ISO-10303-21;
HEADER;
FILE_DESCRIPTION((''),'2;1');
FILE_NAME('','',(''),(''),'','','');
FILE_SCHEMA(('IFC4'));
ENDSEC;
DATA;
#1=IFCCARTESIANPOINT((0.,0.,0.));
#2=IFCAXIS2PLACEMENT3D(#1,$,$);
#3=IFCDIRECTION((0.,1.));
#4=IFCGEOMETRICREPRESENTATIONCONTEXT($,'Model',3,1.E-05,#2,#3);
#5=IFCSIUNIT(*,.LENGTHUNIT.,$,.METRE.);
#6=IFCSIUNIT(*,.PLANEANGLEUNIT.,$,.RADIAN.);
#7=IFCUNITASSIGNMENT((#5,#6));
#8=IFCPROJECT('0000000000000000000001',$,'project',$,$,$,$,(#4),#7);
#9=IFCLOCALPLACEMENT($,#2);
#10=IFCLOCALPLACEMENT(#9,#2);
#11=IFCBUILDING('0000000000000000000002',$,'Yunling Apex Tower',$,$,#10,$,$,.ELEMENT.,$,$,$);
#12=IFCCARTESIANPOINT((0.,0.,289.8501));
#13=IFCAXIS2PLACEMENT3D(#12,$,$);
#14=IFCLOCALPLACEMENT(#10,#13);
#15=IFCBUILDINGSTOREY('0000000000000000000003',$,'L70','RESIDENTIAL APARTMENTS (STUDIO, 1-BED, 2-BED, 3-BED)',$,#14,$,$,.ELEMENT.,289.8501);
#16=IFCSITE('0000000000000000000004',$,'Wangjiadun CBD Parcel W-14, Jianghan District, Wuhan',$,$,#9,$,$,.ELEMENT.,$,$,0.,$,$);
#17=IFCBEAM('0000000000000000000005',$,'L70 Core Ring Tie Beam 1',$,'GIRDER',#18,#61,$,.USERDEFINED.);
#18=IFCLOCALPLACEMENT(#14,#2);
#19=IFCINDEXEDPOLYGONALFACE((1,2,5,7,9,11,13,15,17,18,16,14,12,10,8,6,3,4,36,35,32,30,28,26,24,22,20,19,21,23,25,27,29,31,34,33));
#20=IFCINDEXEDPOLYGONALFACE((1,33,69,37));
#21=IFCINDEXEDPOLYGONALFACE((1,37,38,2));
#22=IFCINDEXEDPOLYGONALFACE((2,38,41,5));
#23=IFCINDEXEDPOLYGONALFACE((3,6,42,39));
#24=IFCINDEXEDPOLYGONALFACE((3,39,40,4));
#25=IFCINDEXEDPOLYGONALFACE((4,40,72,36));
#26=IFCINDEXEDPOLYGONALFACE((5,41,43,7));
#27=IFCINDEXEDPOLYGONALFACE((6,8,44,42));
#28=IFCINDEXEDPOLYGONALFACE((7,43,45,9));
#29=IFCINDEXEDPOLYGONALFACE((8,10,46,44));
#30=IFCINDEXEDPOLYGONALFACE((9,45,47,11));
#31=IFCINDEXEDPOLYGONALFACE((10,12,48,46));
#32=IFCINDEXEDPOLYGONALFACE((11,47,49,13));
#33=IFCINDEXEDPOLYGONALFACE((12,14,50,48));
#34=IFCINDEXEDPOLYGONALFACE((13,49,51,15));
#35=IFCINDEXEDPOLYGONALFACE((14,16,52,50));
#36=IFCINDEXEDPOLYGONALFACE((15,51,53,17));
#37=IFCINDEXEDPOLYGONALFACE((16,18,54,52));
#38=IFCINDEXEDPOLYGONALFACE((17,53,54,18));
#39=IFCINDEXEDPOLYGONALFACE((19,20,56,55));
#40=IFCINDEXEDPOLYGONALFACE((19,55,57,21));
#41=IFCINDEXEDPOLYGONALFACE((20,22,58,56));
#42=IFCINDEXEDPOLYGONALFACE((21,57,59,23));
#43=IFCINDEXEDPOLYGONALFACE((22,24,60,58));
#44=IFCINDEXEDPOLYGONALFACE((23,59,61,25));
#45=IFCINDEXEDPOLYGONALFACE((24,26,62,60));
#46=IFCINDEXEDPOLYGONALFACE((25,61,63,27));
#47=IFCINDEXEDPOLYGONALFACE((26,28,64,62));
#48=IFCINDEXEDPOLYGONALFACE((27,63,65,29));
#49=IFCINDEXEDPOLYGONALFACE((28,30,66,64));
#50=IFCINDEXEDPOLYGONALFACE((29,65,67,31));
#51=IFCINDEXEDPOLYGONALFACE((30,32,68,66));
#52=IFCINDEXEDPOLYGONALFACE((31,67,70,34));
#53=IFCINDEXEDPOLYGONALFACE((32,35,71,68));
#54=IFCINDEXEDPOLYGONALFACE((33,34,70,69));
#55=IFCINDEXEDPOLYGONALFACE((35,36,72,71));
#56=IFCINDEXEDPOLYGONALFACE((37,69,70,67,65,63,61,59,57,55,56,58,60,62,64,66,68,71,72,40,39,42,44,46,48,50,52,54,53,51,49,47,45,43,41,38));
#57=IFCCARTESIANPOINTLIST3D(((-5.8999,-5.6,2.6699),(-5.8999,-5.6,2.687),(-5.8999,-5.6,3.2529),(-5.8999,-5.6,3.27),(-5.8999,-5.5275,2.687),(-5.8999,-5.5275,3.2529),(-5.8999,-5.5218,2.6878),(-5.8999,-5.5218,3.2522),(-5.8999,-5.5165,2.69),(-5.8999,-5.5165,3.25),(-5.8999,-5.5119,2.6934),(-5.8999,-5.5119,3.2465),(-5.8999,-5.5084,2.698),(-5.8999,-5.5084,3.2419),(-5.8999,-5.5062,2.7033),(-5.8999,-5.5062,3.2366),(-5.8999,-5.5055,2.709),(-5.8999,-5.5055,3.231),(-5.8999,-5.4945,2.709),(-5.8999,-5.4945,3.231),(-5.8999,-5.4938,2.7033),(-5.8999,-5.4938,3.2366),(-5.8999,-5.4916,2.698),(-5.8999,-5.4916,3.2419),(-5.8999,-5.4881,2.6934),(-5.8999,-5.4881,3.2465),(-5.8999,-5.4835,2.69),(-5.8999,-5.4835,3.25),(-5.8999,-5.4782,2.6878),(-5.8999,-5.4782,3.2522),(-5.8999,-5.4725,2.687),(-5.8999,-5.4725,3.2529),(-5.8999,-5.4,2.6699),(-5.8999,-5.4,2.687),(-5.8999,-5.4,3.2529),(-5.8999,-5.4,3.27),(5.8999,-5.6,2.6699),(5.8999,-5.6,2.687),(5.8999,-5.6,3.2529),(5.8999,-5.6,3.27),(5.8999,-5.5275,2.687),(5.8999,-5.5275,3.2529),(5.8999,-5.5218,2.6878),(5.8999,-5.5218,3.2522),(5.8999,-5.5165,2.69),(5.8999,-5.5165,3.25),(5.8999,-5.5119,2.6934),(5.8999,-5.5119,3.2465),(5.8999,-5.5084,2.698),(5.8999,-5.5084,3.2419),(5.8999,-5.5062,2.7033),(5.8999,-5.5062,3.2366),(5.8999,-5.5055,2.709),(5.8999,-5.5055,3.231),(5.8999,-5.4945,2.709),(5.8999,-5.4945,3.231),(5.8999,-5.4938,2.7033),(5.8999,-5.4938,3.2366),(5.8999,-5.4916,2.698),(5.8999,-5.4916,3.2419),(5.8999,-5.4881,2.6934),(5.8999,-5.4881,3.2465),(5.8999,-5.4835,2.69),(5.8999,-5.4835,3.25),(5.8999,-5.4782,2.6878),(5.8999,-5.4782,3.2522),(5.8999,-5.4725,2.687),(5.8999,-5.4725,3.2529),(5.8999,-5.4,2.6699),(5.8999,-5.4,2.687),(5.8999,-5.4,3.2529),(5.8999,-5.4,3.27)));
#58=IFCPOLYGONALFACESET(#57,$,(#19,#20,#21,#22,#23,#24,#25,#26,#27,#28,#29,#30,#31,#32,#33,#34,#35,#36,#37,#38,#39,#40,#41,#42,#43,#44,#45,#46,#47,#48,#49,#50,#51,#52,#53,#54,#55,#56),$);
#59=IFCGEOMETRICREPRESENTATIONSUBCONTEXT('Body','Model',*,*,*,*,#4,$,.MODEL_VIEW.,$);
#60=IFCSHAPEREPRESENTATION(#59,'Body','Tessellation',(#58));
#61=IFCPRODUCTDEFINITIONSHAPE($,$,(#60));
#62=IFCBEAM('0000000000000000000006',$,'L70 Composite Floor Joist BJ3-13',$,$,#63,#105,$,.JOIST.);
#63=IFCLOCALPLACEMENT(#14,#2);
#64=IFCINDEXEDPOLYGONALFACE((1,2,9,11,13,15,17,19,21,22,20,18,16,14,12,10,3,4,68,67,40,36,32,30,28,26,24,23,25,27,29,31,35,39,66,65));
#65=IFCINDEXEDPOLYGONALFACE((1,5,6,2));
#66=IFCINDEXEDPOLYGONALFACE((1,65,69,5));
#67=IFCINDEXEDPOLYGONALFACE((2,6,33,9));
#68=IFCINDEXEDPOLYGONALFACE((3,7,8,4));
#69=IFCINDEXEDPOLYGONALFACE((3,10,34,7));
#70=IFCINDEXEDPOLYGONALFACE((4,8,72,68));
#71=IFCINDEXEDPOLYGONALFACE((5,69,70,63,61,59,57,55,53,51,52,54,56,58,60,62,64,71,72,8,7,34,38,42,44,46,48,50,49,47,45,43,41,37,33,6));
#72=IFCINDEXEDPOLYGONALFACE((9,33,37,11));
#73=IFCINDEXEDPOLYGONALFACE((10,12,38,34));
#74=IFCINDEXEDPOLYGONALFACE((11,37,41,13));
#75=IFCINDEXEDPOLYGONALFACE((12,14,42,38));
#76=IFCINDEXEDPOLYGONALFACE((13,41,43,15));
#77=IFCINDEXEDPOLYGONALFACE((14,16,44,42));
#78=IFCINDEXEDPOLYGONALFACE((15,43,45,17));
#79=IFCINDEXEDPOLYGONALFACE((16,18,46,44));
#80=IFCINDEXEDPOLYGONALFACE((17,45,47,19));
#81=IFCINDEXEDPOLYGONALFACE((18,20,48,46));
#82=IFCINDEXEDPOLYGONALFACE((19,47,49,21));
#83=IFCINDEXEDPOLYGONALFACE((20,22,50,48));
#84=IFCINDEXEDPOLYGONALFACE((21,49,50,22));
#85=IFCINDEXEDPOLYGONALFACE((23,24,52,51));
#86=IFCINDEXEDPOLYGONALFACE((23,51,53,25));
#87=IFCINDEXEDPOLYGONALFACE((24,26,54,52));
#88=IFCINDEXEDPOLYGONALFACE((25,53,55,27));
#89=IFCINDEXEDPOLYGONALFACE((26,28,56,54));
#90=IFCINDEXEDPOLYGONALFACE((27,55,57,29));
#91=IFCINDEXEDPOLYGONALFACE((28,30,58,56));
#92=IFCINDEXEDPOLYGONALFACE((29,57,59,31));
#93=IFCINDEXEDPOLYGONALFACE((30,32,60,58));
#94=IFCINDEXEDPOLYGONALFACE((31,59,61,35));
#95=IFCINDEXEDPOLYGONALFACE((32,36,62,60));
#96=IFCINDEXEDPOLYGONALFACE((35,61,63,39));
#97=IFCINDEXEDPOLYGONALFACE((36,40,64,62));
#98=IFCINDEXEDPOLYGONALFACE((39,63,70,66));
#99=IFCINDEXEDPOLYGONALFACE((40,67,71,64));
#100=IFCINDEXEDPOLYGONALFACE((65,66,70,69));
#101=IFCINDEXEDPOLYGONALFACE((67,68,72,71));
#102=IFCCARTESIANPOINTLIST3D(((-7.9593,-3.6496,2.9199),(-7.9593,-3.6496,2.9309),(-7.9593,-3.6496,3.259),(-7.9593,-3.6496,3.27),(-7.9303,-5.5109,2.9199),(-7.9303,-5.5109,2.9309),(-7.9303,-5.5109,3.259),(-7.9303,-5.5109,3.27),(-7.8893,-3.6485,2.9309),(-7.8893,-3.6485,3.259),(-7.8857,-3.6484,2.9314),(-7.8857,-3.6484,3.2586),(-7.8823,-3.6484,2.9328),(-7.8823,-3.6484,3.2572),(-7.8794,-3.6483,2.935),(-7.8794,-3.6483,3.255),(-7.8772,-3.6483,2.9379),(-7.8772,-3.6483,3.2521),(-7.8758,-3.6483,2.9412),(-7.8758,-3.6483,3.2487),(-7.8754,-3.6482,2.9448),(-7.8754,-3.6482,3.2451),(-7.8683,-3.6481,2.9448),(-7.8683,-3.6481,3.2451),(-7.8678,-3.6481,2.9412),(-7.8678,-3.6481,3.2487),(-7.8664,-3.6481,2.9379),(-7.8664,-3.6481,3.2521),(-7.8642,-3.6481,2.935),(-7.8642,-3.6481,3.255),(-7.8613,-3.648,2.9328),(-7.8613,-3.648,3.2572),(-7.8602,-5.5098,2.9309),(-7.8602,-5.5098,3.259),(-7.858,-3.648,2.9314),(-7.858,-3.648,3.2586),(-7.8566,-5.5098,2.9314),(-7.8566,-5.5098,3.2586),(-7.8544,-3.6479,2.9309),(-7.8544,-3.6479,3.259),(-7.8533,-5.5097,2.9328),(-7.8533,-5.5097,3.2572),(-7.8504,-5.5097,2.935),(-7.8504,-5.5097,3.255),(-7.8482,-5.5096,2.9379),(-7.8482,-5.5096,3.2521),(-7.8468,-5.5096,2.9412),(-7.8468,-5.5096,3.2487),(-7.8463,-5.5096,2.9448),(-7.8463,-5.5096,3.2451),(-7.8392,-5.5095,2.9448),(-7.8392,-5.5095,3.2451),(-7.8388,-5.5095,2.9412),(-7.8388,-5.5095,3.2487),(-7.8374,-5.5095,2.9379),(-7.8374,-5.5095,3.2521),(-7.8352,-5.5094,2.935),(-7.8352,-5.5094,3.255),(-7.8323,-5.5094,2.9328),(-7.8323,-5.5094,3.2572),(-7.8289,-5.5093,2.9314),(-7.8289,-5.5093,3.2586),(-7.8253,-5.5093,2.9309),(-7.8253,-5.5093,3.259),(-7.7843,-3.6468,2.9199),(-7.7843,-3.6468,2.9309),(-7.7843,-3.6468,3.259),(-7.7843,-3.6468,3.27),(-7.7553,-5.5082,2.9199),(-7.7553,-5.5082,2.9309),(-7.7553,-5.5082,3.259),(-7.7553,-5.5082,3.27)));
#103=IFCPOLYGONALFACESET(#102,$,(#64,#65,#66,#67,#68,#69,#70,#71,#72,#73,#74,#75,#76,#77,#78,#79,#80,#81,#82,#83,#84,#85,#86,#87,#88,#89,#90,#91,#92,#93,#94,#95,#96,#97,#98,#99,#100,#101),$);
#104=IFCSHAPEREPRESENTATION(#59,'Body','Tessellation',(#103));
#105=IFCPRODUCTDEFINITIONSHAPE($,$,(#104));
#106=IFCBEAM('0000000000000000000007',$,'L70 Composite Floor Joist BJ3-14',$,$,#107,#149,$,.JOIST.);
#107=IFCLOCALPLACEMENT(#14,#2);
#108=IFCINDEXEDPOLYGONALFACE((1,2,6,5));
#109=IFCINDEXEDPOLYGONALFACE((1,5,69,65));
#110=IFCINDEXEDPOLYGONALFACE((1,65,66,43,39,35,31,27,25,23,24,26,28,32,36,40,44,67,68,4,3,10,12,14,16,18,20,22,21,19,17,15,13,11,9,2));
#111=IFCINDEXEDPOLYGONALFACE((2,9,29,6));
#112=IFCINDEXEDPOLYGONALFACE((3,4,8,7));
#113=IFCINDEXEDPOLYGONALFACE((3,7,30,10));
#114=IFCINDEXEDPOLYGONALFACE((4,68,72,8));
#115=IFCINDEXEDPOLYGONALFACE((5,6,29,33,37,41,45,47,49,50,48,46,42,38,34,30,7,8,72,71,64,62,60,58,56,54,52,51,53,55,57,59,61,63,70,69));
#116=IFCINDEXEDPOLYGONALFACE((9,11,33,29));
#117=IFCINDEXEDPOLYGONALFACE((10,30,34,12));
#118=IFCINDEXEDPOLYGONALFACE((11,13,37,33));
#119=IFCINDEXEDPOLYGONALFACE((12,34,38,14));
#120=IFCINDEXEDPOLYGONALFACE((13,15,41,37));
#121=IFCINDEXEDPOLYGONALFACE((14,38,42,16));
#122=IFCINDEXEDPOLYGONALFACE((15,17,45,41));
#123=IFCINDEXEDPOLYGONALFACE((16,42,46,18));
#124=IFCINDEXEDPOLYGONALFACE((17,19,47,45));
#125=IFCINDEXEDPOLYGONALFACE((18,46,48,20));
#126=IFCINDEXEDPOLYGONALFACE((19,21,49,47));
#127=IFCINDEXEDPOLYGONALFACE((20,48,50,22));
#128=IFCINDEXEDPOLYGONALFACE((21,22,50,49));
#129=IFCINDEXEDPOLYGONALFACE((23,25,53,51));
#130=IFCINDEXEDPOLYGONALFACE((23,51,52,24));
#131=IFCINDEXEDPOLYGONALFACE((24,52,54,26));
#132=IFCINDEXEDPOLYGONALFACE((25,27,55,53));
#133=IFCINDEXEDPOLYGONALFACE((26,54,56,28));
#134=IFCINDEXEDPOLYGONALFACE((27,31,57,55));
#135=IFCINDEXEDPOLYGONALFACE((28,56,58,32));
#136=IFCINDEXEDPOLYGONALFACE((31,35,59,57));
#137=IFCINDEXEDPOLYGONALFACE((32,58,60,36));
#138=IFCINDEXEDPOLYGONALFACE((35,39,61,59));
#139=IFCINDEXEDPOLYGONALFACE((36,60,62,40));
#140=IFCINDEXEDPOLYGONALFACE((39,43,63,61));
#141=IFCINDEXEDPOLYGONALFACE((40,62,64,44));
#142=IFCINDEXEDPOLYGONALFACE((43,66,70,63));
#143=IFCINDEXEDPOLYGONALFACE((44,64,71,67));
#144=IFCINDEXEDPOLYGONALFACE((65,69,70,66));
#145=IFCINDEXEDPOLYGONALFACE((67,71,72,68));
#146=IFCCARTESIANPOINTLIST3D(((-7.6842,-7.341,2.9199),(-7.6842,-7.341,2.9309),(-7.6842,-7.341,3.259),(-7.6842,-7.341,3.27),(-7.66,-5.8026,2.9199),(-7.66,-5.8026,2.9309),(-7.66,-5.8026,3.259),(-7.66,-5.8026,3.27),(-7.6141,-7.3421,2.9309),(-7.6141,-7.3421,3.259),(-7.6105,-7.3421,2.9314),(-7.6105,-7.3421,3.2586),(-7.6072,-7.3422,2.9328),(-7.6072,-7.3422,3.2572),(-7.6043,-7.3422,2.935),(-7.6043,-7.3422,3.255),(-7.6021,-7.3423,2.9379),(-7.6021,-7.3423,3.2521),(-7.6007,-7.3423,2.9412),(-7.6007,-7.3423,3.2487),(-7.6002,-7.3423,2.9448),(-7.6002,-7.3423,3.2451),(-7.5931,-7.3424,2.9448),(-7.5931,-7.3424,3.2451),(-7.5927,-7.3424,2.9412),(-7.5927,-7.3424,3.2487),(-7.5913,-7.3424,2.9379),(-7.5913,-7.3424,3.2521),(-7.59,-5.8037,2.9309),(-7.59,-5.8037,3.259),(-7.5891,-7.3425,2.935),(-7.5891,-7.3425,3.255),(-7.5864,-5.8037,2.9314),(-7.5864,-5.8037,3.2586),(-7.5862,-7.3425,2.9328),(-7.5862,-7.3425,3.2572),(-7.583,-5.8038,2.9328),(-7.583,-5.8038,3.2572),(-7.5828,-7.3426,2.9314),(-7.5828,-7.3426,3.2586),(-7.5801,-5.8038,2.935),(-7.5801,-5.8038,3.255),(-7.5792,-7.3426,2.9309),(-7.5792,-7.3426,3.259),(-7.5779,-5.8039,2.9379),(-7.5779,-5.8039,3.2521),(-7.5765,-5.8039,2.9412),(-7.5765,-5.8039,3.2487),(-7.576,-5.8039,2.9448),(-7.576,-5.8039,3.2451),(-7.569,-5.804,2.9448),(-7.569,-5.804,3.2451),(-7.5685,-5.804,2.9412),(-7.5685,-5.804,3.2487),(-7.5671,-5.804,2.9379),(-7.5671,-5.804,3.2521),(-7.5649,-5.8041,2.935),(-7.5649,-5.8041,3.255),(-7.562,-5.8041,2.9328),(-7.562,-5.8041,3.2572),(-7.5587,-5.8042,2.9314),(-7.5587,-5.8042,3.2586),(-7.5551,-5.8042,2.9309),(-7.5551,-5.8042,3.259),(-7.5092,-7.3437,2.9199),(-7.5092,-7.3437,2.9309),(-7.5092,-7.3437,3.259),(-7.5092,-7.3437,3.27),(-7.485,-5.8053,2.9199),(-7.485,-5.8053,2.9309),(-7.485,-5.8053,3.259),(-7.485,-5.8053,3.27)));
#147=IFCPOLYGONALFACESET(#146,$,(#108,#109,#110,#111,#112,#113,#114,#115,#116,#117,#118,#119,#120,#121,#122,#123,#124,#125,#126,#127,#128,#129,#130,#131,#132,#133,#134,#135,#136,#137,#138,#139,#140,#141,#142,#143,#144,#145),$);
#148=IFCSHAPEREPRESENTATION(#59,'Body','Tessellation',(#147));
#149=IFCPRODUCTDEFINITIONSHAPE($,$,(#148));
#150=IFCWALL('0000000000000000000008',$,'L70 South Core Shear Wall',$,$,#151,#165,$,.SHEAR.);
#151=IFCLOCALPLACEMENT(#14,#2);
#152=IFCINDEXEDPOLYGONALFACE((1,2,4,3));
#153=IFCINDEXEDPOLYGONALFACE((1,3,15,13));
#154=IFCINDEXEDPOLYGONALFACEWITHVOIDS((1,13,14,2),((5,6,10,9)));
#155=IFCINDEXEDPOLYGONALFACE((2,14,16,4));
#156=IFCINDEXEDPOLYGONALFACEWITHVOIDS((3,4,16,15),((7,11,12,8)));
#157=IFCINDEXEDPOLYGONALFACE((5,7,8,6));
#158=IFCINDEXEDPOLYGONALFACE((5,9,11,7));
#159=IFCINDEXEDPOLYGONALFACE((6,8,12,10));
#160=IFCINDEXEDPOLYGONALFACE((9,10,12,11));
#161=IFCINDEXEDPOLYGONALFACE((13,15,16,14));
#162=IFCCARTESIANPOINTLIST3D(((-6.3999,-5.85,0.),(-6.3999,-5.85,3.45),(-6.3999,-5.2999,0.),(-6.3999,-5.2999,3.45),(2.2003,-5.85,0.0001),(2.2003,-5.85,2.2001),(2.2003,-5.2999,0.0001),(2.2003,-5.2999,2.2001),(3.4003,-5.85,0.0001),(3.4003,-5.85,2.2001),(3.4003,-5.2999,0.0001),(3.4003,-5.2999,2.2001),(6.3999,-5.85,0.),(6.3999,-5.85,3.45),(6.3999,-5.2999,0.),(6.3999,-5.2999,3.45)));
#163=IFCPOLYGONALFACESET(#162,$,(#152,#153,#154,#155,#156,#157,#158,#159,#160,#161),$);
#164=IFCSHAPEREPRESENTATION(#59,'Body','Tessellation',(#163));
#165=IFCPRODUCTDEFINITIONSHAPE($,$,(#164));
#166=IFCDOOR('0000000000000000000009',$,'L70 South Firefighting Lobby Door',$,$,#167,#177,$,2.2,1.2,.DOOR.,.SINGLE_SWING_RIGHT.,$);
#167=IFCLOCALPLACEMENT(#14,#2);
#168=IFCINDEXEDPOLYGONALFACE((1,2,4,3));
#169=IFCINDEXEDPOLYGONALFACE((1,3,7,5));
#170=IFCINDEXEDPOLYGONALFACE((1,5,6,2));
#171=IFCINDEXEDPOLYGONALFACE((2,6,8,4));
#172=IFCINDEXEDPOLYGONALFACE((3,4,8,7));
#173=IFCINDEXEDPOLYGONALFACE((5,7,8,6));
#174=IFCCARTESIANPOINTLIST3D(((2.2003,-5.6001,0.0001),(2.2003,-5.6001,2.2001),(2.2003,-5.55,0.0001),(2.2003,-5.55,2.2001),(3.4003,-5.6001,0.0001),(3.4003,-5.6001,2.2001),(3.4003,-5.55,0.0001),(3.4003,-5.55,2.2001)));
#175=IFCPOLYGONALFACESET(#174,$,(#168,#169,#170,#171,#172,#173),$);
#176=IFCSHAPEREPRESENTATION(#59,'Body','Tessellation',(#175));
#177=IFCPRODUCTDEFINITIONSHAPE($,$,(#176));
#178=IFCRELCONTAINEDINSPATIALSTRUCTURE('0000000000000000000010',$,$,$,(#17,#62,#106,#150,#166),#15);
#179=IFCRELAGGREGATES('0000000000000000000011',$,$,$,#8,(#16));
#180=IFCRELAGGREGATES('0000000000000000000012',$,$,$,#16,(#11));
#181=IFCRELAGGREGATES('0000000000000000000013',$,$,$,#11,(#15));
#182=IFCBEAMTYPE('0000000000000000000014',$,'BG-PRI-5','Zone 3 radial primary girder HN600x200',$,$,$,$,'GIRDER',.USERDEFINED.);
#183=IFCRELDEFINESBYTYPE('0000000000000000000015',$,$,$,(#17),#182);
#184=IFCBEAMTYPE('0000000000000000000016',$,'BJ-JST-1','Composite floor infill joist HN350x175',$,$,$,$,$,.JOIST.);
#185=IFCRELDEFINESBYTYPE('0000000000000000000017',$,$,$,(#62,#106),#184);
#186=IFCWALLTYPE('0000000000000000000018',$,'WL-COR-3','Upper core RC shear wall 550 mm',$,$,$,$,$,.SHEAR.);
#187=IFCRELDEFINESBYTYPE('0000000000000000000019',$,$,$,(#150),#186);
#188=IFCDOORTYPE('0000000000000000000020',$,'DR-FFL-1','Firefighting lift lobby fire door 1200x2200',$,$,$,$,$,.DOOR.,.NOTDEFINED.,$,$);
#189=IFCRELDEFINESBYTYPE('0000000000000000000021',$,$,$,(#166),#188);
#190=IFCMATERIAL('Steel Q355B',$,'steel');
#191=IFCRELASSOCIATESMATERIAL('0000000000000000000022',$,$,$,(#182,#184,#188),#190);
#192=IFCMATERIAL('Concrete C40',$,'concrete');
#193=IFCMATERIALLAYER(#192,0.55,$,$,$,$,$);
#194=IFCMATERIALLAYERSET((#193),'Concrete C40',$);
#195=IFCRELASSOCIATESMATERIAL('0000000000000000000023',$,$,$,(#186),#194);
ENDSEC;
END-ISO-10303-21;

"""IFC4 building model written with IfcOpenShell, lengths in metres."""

from ifc_helpers import new_model, si_unit, direction, frame, frame_2d, origin, origin_2d, place, context, subcontext, project, spatial, rectangle, i_section, extrude, source, transform, mapped, material, layer, layer_set, material_profile, profile_set, type_object, element, fill, save


model = new_model("IFC4")

# Units and contexts
model_context = context("Model", 3, precision=1e-05, world=origin(), true_north=direction((0.0, 1.0)))
body_context = subcontext(model_context, "Body", "Model", "MODEL_VIEW")
ifc_project = project(units=[si_unit("LENGTHUNIT", "METRE"), si_unit("PLANEANGLEUNIT", "RADIAN")], contexts=[model_context])

# Site, building, storey
site_placement = place(None, origin())
site = spatial("IfcSite", under=ifc_project, at=site_placement, Name="Wangjiadun CBD Parcel W-14, Jianghan District, Wuhan", CompositionType="ELEMENT", RefElevation=0.0)
building_placement = place(site_placement, origin())
building = spatial("IfcBuilding", under=site, at=building_placement, Name="Yunling Apex Tower", CompositionType="ELEMENT")
storey_placement = place(building_placement, frame((0.0, 0.0, 289.8501)))
storey = spatial("IfcBuildingStorey", under=building, at=storey_placement, Name="L70", Description="RESIDENTIAL APARTMENTS (STUDIO, 1-BED, 2-BED, 3-BED)", CompositionType="ELEMENT", Elevation=289.8501)

# Beams
ifc_material_1 = material(Name="Steel Q355B", Category="steel")
ifc_material_2 = material(Name="Concrete C40", Category="concrete")
ifc_material_profile_1 = material_profile(ifc_material_1, i_section(OverallWidth=0.2, OverallDepth=0.6001, WebThickness=0.011, FlangeThickness=0.0171, FilletRadius=0.022, at=origin_2d()))
ifc_profile_set_1 = profile_set([ifc_material_profile_1], Name="Steel Q355B")
beam_type_1 = type_object("IfcBeamType", Name="BG-PRI-5", Description="Zone 3 radial primary girder HN600x200", ElementType="GIRDER", PredefinedType="USERDEFINED", material=ifc_profile_set_1)
shared_shape_1 = source(origin(), body_context, "Body", "SweptSolid", [
    extrude(i_section(OverallWidth=0.2, OverallDepth=0.6001, WebThickness=0.011, FlangeThickness=0.0171, FilletRadius=0.022, at=origin_2d()), origin(), (0.0, 0.0, 1.0), 11.7998),
])
beam_1_placement = place(storey_placement, frame((-5.8999, -5.5, 2.97), z_axis=(1.0, 0.0, 0.0), x_axis=(0.0, 1.0, 0.0)))
element("IfcBeam", 1, at=beam_1_placement, inside=storey, type_object=beam_type_1, Name="L70 Core Ring Tie Beam 1", ObjectType="GIRDER", PredefinedType="USERDEFINED", context=body_context, shape_type="MappedRepresentation", body=[
    mapped(shared_shape_1, transform((0.0, 0.0, 0.0), scale=1.0)),
])
ifc_material_profile_2 = material_profile(ifc_material_1, i_section(OverallWidth=0.175, OverallDepth=0.3501, WebThickness=0.0071, FlangeThickness=0.011, FilletRadius=0.0139, at=origin_2d()))
ifc_profile_set_2 = profile_set([ifc_material_profile_2], Name="Steel Q355B")
beam_type_2 = type_object("IfcBeamType", Name="BJ-JST-1", Description="Composite floor infill joist HN350x175", PredefinedType="JOIST", material=ifc_profile_set_2)
shared_shape_2 = source(origin(), body_context, "Body", "SweptSolid", [
    extrude(i_section(OverallWidth=0.175, OverallDepth=0.3501, WebThickness=0.0071, FlangeThickness=0.011, FilletRadius=0.0139, at=origin_2d()), origin(), (0.0, 0.0, 1.0), 1.8616),
])
beam_2_placement = place(storey_placement, frame((-7.8718, -3.6482, 3.095), z_axis=(0.015607, -0.999878, 0.0), x_axis=(0.999878, 0.015607, 0.0)))
element("IfcBeam", 2, at=beam_2_placement, inside=storey, type_object=beam_type_2, Name="L70 Composite Floor Joist BJ3-13", PredefinedType="JOIST", context=body_context, shape_type="MappedRepresentation", body=[
    mapped(shared_shape_2, transform((0.0, 0.0, 0.0), scale=1.0)),
])
shared_shape_3 = source(origin(), body_context, "Body", "SweptSolid", [
    extrude(i_section(OverallWidth=0.175, OverallDepth=0.3501, WebThickness=0.0071, FlangeThickness=0.011, FilletRadius=0.0139, at=origin_2d()), origin(), (0.0, 0.0, 1.0), 1.5386),
])
beam_3_placement = place(storey_placement, frame((-7.5725, -5.804, 3.095), z_axis=(-0.01571, -0.999877, 0.0), x_axis=(0.999877, -0.01571, 0.0)))
element("IfcBeam", 3, at=beam_3_placement, inside=storey, type_object=beam_type_2, Name="L70 Composite Floor Joist BJ3-14", PredefinedType="JOIST", context=body_context, shape_type="MappedRepresentation", body=[
    mapped(shared_shape_3, transform((0.0, 0.0, 0.0), scale=1.0)),
])

# Wall, opening, door
ifc_layer_1 = layer(ifc_material_2, 0.55)
ifc_layer_set_1 = layer_set([ifc_layer_1], Name="Concrete C40")
wall_type_1 = type_object("IfcWallType", Name="WL-COR-3", Description="Upper core RC shear wall 550 mm", PredefinedType="SHEAR", material=ifc_layer_set_1)
wall_1_placement = place(storey_placement, frame((-6.3999, -5.575, 0.0), z_axis=(0.0, 0.0, 1.0), x_axis=(1.0, 0.0, 0.0)))
wall_1 = element("IfcWall", 4, at=wall_1_placement, inside=storey, type_object=wall_type_1, Name="L70 South Core Shear Wall", PredefinedType="SHEAR", context=body_context, shape_type="SweptSolid", body=[
    extrude(rectangle(XDim=12.7998, YDim=0.55, at=frame_2d((6.3999, 0.0))), origin(), (0.0, 0.0, 1.0), 3.45),
])
opening_1_placement = place(wall_1_placement, frame((8.6001, 0.0, 0.0)))
opening_1 = element("IfcOpeningElement", 5, at=opening_1_placement, cuts=wall_1, PredefinedType="OPENING", context=body_context, shape_type="SweptSolid", body=[
    extrude(rectangle(XDim=1.2, YDim=2.2, at=frame_2d((0.6001, 1.1001))), frame((0.0, 0.2852, 0.0), z_axis=(0.0, -1.0, 0.0), x_axis=(1.0, 0.0, 0.0)), (0.0, 0.0, 1.0), 0.5701),
])
door_type_1 = type_object("IfcDoorType", Name="DR-FFL-1", Description="Firefighting lift lobby fire door 1200x2200", OperationType="NOTDEFINED", PredefinedType="DOOR", material=ifc_material_1)
door_1_placement = place(opening_1_placement, origin())
door_1 = element("IfcDoor", 6, at=door_1_placement, inside=storey, type_object=door_type_1, Name="L70 South Firefighting Lobby Door", OperationType="SINGLE_SWING_RIGHT", OverallHeight=2.2, OverallWidth=1.2, PredefinedType="DOOR", context=body_context, shape_type="SweptSolid", body=[
    extrude(rectangle(XDim=1.2, YDim=2.2, at=frame_2d((0.6001, 1.1001))), frame((0.0, 0.0249, 0.0), z_axis=(0.0, -1.0, 0.0), x_axis=(1.0, 0.0, 0.0)), (0.0, 0.0, 1.0), 0.05),
])
fill(opening_1, door_1)

save(model, "model.ifc")
